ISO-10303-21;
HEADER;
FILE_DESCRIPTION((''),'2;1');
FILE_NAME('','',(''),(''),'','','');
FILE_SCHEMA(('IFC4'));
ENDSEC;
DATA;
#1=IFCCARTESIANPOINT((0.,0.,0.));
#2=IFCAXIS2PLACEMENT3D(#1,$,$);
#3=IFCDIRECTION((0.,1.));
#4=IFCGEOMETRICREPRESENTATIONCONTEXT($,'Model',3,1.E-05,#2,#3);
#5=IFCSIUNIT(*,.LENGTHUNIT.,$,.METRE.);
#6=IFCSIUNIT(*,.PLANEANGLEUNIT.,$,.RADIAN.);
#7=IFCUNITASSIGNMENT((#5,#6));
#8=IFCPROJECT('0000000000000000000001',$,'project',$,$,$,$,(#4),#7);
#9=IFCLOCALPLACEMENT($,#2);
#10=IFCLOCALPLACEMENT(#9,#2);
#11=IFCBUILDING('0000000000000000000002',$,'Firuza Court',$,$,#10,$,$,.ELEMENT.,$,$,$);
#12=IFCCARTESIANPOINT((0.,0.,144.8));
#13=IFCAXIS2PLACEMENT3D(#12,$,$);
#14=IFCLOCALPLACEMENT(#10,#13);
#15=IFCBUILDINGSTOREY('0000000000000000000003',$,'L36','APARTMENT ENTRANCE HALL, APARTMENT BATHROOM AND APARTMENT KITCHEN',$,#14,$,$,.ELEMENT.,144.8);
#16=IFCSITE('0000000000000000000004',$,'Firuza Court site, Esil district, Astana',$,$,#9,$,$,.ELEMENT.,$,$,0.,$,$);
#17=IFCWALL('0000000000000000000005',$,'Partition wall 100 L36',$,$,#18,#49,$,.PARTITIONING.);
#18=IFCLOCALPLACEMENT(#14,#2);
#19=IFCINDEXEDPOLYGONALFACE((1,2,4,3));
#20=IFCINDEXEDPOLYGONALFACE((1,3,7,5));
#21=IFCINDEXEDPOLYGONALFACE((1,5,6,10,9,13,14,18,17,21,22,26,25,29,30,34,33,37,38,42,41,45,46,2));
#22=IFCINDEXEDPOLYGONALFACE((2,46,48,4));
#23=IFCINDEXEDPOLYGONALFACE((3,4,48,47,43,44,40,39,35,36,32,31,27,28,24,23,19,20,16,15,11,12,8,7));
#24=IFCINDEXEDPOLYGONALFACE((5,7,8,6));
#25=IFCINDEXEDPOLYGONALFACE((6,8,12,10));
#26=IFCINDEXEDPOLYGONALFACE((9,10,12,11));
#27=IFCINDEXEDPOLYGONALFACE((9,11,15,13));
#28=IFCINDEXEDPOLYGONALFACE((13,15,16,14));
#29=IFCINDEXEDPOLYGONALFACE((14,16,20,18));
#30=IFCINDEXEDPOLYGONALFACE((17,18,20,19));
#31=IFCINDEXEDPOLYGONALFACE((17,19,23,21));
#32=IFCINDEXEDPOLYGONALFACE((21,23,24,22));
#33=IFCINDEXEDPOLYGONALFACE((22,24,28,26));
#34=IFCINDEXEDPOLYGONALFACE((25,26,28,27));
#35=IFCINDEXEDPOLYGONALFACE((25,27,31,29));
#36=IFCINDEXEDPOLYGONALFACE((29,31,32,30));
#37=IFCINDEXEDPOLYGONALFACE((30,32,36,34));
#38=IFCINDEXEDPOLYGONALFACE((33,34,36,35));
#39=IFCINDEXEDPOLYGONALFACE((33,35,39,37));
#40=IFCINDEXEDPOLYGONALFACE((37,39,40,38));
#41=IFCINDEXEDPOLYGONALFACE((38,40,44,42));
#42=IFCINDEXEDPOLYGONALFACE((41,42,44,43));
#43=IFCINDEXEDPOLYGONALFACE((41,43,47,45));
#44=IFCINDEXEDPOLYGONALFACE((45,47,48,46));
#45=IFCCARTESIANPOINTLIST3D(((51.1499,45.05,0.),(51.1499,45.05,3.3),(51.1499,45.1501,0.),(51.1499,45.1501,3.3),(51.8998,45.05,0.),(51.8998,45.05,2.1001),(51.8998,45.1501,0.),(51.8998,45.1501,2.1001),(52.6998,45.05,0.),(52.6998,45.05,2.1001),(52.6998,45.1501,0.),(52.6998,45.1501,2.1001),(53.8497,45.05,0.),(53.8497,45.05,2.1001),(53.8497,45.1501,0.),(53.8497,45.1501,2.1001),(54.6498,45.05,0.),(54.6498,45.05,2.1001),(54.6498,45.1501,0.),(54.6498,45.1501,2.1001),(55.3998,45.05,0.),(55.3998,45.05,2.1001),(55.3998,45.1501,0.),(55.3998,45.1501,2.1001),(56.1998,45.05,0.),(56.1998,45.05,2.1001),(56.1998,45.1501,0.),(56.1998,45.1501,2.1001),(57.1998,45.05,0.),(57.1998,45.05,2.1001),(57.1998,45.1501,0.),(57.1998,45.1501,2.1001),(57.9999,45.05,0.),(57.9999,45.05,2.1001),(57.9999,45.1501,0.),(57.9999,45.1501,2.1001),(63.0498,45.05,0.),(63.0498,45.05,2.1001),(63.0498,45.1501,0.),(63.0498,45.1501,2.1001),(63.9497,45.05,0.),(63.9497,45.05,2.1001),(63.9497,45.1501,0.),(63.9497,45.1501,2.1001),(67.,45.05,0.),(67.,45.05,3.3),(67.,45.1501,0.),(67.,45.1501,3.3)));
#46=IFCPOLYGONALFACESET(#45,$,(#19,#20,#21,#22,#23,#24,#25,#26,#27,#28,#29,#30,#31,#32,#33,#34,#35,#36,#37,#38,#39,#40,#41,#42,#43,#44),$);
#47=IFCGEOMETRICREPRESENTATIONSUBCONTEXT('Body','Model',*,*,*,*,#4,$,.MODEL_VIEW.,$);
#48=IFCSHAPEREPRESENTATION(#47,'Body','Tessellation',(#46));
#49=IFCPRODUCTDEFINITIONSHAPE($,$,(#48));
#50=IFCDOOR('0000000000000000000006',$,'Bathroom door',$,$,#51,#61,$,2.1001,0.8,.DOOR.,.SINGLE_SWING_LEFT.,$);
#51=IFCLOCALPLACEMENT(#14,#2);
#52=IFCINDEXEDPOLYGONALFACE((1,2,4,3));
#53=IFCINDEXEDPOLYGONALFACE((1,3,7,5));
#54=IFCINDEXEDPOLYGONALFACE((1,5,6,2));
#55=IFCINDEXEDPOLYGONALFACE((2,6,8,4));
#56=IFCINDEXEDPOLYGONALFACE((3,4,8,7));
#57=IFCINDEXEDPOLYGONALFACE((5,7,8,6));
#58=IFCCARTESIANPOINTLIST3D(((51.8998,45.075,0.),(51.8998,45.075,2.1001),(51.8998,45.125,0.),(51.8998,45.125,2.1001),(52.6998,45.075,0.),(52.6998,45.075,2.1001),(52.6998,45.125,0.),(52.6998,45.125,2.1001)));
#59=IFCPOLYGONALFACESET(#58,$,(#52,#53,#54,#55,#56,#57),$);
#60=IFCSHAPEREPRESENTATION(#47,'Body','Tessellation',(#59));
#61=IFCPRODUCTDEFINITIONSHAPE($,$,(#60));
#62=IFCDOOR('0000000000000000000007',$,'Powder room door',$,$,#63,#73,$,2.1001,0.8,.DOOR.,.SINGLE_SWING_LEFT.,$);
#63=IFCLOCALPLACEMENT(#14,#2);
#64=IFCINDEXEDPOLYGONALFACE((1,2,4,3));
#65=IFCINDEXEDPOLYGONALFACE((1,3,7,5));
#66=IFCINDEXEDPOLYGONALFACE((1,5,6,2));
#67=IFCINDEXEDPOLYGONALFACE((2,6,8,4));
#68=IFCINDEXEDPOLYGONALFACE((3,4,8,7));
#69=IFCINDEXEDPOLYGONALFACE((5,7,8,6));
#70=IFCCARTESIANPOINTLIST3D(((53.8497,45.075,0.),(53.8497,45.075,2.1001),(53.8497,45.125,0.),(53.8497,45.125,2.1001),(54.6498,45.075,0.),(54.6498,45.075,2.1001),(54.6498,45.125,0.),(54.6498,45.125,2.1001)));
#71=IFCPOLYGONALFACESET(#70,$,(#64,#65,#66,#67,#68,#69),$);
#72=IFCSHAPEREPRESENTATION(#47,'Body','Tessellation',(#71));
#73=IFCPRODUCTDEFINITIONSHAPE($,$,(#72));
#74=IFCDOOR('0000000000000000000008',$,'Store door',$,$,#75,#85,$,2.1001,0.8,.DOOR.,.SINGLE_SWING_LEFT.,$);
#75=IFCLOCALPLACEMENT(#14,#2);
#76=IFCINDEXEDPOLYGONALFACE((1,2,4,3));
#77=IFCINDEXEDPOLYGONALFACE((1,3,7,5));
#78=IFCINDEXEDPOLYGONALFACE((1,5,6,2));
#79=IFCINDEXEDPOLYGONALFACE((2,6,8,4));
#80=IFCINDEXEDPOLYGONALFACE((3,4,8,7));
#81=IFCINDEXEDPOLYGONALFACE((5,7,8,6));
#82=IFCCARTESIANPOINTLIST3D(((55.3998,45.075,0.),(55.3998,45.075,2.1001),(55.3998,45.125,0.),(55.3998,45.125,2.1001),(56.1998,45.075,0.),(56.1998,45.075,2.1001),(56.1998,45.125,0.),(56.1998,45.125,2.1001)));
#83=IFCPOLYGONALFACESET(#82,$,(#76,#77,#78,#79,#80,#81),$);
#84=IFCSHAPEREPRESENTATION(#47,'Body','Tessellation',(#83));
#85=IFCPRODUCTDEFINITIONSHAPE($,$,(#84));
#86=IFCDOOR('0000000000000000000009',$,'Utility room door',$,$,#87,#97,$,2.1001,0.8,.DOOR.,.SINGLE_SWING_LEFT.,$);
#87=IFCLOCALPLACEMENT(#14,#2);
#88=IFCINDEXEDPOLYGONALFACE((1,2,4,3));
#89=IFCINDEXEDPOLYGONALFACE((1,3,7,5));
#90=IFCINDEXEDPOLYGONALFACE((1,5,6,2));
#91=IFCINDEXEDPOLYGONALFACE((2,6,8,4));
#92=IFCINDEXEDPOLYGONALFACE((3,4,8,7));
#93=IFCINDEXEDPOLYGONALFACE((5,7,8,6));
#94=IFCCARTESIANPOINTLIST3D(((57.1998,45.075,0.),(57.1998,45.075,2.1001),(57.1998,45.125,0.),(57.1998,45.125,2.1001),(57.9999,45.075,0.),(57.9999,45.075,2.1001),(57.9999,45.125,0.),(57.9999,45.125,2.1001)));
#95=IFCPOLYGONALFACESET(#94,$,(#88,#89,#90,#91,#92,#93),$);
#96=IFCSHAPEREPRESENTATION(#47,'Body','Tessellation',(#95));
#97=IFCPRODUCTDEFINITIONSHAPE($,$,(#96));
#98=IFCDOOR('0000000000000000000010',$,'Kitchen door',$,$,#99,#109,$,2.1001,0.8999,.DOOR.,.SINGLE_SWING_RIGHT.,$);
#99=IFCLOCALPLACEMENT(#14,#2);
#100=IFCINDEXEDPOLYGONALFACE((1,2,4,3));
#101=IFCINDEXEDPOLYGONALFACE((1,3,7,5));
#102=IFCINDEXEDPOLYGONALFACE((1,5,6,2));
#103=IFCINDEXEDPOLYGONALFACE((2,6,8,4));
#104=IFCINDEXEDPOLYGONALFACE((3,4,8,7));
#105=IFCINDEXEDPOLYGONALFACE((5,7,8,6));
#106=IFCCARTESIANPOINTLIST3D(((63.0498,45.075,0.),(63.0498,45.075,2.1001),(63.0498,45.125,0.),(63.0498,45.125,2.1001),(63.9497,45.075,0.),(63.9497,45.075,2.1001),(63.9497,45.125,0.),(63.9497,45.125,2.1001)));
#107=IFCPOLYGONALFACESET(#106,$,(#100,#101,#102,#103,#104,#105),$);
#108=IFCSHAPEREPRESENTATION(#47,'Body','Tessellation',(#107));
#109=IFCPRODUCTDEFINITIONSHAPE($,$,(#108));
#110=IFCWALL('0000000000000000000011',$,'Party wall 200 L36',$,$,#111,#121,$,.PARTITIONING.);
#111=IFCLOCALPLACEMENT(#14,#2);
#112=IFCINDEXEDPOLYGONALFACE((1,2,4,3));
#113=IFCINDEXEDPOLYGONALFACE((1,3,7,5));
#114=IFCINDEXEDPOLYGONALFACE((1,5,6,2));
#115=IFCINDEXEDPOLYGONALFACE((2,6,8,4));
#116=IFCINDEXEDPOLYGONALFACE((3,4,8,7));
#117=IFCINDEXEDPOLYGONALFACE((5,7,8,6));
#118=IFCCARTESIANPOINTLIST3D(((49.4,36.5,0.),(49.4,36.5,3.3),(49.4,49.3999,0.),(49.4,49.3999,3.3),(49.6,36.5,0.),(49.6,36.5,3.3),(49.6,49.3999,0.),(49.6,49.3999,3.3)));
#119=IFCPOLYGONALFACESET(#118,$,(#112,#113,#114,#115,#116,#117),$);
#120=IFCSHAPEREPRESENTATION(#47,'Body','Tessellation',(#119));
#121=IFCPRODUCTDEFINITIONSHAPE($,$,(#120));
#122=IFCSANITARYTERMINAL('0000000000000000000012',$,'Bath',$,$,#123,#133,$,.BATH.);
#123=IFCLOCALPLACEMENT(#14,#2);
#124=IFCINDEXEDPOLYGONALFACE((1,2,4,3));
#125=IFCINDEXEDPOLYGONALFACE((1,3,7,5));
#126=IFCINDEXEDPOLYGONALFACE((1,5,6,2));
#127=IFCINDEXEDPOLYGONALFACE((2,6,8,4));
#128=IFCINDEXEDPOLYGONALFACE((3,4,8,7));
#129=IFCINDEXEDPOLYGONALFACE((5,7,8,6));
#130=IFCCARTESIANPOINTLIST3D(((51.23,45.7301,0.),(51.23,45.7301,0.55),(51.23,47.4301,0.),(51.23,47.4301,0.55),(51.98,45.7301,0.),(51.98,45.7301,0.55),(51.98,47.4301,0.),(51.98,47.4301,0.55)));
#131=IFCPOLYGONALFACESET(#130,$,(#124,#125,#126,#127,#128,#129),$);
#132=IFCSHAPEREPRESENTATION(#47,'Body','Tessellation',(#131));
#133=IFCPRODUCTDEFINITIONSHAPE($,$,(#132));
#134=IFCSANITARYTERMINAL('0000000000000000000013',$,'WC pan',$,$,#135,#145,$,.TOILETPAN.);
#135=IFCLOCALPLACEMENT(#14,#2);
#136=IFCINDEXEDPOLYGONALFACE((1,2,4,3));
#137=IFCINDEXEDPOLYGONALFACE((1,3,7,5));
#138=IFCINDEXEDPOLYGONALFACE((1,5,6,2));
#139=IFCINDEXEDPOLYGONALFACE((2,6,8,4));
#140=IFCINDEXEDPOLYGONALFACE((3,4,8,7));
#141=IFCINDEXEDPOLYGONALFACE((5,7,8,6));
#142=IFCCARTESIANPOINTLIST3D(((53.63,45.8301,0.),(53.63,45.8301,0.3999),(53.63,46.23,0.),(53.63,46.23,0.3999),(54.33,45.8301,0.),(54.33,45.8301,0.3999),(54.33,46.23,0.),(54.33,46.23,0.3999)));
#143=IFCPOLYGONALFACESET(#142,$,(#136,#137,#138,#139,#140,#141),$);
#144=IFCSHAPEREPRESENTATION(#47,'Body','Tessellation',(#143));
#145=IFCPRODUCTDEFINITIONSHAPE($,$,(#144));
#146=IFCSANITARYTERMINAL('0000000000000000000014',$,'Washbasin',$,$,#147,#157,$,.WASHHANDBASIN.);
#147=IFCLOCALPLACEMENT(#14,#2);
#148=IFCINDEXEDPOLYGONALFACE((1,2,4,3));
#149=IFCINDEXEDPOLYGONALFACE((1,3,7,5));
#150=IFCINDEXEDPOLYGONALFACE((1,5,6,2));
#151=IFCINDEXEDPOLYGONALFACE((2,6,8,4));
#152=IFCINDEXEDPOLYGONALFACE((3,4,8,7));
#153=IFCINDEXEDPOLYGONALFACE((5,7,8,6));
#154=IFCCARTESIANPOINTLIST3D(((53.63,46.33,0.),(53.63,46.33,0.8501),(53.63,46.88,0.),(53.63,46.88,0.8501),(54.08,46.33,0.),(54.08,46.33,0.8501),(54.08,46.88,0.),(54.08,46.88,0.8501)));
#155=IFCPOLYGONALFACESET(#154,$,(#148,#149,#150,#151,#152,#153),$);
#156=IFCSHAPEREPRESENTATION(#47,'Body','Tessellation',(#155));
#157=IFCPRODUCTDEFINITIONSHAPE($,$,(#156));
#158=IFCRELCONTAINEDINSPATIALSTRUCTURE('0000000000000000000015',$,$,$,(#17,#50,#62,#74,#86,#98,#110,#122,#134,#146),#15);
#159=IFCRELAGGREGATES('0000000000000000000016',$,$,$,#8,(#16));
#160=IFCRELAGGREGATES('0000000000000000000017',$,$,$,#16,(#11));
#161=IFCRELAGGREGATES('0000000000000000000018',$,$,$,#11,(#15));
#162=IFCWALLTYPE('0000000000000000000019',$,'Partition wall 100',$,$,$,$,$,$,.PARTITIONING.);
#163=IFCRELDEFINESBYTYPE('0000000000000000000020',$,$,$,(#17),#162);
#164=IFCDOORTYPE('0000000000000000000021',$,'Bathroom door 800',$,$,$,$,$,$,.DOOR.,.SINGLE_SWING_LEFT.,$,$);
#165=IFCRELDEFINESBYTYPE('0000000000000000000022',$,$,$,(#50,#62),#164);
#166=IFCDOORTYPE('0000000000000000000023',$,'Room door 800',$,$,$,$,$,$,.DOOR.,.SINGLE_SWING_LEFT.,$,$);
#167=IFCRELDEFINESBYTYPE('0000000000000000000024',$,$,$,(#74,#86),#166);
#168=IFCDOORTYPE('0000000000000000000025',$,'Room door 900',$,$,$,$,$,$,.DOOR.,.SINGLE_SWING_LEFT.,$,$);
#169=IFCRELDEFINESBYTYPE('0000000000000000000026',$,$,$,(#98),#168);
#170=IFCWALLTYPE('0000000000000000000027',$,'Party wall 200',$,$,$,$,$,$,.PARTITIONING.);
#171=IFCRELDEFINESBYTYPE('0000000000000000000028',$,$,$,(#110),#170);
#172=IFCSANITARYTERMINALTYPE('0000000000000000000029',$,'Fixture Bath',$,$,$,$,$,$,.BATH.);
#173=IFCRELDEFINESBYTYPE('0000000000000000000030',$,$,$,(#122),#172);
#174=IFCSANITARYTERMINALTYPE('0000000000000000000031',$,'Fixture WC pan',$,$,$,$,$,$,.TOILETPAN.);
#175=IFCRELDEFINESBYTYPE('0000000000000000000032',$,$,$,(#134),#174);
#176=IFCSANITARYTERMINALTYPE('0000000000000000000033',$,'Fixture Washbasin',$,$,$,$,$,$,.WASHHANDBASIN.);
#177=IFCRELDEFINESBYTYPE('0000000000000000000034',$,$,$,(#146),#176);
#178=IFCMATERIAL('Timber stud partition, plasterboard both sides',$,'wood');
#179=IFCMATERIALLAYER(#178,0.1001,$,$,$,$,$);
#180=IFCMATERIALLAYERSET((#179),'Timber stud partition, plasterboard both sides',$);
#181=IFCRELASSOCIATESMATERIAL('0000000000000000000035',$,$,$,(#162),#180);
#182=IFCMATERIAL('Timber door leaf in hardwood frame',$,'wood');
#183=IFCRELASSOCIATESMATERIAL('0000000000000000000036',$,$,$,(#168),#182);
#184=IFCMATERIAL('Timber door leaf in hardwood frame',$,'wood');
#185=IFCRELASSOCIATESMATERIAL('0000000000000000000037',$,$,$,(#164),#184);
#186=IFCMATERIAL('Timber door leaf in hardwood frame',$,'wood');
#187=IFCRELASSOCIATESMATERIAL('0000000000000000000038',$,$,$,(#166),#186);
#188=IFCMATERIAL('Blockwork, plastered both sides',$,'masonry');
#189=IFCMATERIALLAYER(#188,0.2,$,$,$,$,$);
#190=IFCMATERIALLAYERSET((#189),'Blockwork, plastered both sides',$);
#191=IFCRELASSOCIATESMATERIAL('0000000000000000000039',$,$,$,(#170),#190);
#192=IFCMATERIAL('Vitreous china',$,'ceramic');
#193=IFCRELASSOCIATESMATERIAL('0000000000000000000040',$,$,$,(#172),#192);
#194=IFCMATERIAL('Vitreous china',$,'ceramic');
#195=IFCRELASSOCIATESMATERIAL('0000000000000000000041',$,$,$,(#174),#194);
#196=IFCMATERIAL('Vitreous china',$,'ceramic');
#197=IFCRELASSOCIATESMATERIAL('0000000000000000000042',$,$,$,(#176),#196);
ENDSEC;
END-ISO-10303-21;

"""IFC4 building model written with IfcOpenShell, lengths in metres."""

from ifc_helpers import new_model, si_unit, direction, frame, frame_2d, origin, origin_2d, place, context, subcontext, project, spatial, rectangle, extrude, material, layer, layer_set, type_object, element, fill, save


model = new_model("IFC4")

# Units and contexts
model_context = context("Model", 3, precision=1e-05, world=origin(), true_north=direction((0.0, 1.0)))
body_context = subcontext(model_context, "Body", "Model", "MODEL_VIEW")
ifc_project = project(units=[si_unit("LENGTHUNIT", "METRE"), si_unit("PLANEANGLEUNIT", "RADIAN")], contexts=[model_context])

# Site, building, storey
site_placement = place(None, origin())
site = spatial("IfcSite", under=ifc_project, at=site_placement, Name="Firuza Court site, Esil district, Astana", CompositionType="ELEMENT", RefElevation=0.0)
building_placement = place(site_placement, origin())
building = spatial("IfcBuilding", under=site, at=building_placement, Name="Firuza Court", CompositionType="ELEMENT")
storey_placement = place(building_placement, frame((0.0, 0.0, 144.8)))
storey = spatial("IfcBuildingStorey", under=building, at=storey_placement, Name="L36", Description="APARTMENT ENTRANCE HALL, APARTMENT BATHROOM AND APARTMENT KITCHEN", CompositionType="ELEMENT", Elevation=144.8)

# Shared definitions
ifc_material_1 = material(Name="Blockwork, plastered both sides", Category="masonry")

# Wall, openings, doors
ifc_material_2 = material(Name="Timber stud partition, plasterboard both sides", Category="wood")
ifc_layer_1 = layer(ifc_material_2, 0.1001)
ifc_layer_set_1 = layer_set([ifc_layer_1], Name="Timber stud partition, plasterboard both sides")
wall_type_1 = type_object("IfcWallType", Name="Partition wall 100", PredefinedType="PARTITIONING", material=ifc_layer_set_1)
ifc_material_3 = material(Name="Timber door leaf in hardwood frame", Category="wood")
door_type_1 = type_object("IfcDoorType", Name="Room door 900", OperationType="SINGLE_SWING_LEFT", PredefinedType="DOOR", material=ifc_material_3)
wall_1_placement = place(storey_placement, frame((51.1499, 45.1001, 0.0), z_axis=(0.0, 0.0, 1.0), x_axis=(1.0, 0.0, 0.0)))
wall_1 = element("IfcWall", 1, at=wall_1_placement, inside=storey, type_object=wall_type_1, Name="Partition wall 100 L36", PredefinedType="PARTITIONING", context=body_context, shape_type="SweptSolid", body=[
    extrude(rectangle(XDim=15.8501, YDim=0.1001, at=frame_2d((7.925, 0.0))), origin(), (0.0, 0.0, 1.0), 3.3),
])
opening_1_placement = place(wall_1_placement, frame((0.75, 0.0, 0.0)))
opening_1 = element("IfcOpeningElement", 2, at=opening_1_placement, cuts=wall_1, PredefinedType="OPENING", context=body_context, shape_type="SweptSolid", body=[
    extrude(rectangle(XDim=0.8, YDim=2.1001, at=frame_2d((0.3999, 1.05))), frame((0.0, 0.062, 0.0), z_axis=(0.0, -1.0, 0.0), x_axis=(1.0, 0.0, 0.0)), (0.0, 0.0, 1.0), 0.124),
])
opening_2_placement = place(wall_1_placement, frame((11.8999, 0.0, 0.0)))
opening_2 = element("IfcOpeningElement", 3, at=opening_2_placement, cuts=wall_1, PredefinedType="OPENING", context=body_context, shape_type="SweptSolid", body=[
    extrude(rectangle(XDim=0.8999, YDim=2.1001, at=frame_2d((0.45, 1.05))), frame((0.0, 0.062, 0.0), z_axis=(0.0, -1.0, 0.0), x_axis=(1.0, 0.0, 0.0)), (0.0, 0.0, 1.0), 0.124),
])
opening_3_placement = place(wall_1_placement, frame((4.25, 0.0, 0.0)))
opening_3 = element("IfcOpeningElement", 4, at=opening_3_placement, cuts=wall_1, PredefinedType="OPENING", context=body_context, shape_type="SweptSolid", body=[
    extrude(rectangle(XDim=0.8, YDim=2.1001, at=frame_2d((0.3999, 1.05))), frame((0.0, 0.062, 0.0), z_axis=(0.0, -1.0, 0.0), x_axis=(1.0, 0.0, 0.0)), (0.0, 0.0, 1.0), 0.124),
])
opening_4_placement = place(wall_1_placement, frame((6.05, 0.0, 0.0)))
opening_4 = element("IfcOpeningElement", 5, at=opening_4_placement, cuts=wall_1, PredefinedType="OPENING", context=body_context, shape_type="SweptSolid", body=[
    extrude(rectangle(XDim=0.8, YDim=2.1001, at=frame_2d((0.3999, 1.05))), frame((0.0, 0.062, 0.0), z_axis=(0.0, -1.0, 0.0), x_axis=(1.0, 0.0, 0.0)), (0.0, 0.0, 1.0), 0.124),
])
opening_5_placement = place(wall_1_placement, frame((2.7, 0.0, 0.0)))
opening_5 = element("IfcOpeningElement", 6, at=opening_5_placement, cuts=wall_1, PredefinedType="OPENING", context=body_context, shape_type="SweptSolid", body=[
    extrude(rectangle(XDim=0.8, YDim=2.1001, at=frame_2d((0.3999, 1.05))), frame((0.0, 0.062, 0.0), z_axis=(0.0, -1.0, 0.0), x_axis=(1.0, 0.0, 0.0)), (0.0, 0.0, 1.0), 0.124),
])
ifc_material_4 = material(Name="Timber door leaf in hardwood frame", Category="wood")
door_type_2 = type_object("IfcDoorType", Name="Bathroom door 800", OperationType="SINGLE_SWING_LEFT", PredefinedType="DOOR", material=ifc_material_4)
door_1_placement = place(opening_1_placement, origin())
door_1 = element("IfcDoor", 7, at=door_1_placement, inside=storey, type_object=door_type_2, Name="Bathroom door", OperationType="SINGLE_SWING_LEFT", OverallHeight=2.1001, OverallWidth=0.8, PredefinedType="DOOR", context=body_context, shape_type="SweptSolid", body=[
    extrude(rectangle(XDim=0.8, YDim=2.1001, at=frame_2d((0.3999, 1.05))), frame((0.0, 0.0249, 0.0), z_axis=(0.0, -1.0, 0.0), x_axis=(1.0, 0.0, 0.0)), (0.0, 0.0, 1.0), 0.05),
])
fill(opening_1, door_1)
door_2_placement = place(opening_5_placement, origin())
door_2 = element("IfcDoor", 8, at=door_2_placement, inside=storey, type_object=door_type_2, Name="Powder room door", OperationType="SINGLE_SWING_LEFT", OverallHeight=2.1001, OverallWidth=0.8, PredefinedType="DOOR", context=body_context, shape_type="SweptSolid", body=[
    extrude(rectangle(XDim=0.8, YDim=2.1001, at=frame_2d((0.3999, 1.05))), frame((0.0, 0.0249, 0.0), z_axis=(0.0, -1.0, 0.0), x_axis=(1.0, 0.0, 0.0)), (0.0, 0.0, 1.0), 0.05),
])
fill(opening_5, door_2)
ifc_material_5 = material(Name="Timber door leaf in hardwood frame", Category="wood")
door_type_3 = type_object("IfcDoorType", Name="Room door 800", OperationType="SINGLE_SWING_LEFT", PredefinedType="DOOR", material=ifc_material_5)
door_3_placement = place(opening_3_placement, origin())
door_3 = element("IfcDoor", 9, at=door_3_placement, inside=storey, type_object=door_type_3, Name="Store door", OperationType="SINGLE_SWING_LEFT", OverallHeight=2.1001, OverallWidth=0.8, PredefinedType="DOOR", context=body_context, shape_type="SweptSolid", body=[
    extrude(rectangle(XDim=0.8, YDim=2.1001, at=frame_2d((0.3999, 1.05))), frame((0.0, 0.0249, 0.0), z_axis=(0.0, -1.0, 0.0), x_axis=(1.0, 0.0, 0.0)), (0.0, 0.0, 1.0), 0.05),
])
fill(opening_3, door_3)
door_4_placement = place(opening_4_placement, origin())
door_4 = element("IfcDoor", 10, at=door_4_placement, inside=storey, type_object=door_type_3, Name="Utility room door", OperationType="SINGLE_SWING_LEFT", OverallHeight=2.1001, OverallWidth=0.8, PredefinedType="DOOR", context=body_context, shape_type="SweptSolid", body=[
    extrude(rectangle(XDim=0.8, YDim=2.1001, at=frame_2d((0.3999, 1.05))), frame((0.0, 0.0249, 0.0), z_axis=(0.0, -1.0, 0.0), x_axis=(1.0, 0.0, 0.0)), (0.0, 0.0, 1.0), 0.05),
])
fill(opening_4, door_4)
door_5_placement = place(opening_2_placement, origin())
door_5 = element("IfcDoor", 11, at=door_5_placement, inside=storey, type_object=door_type_1, Name="Kitchen door", OperationType="SINGLE_SWING_RIGHT", OverallHeight=2.1001, OverallWidth=0.8999, PredefinedType="DOOR", context=body_context, shape_type="SweptSolid", body=[
    extrude(rectangle(XDim=0.8999, YDim=2.1001, at=frame_2d((0.45, 1.05))), frame((0.0, 0.0249, 0.0), z_axis=(0.0, -1.0, 0.0), x_axis=(1.0, 0.0, 0.0)), (0.0, 0.0, 1.0), 0.05),
])
fill(opening_2, door_5)

# Wall
ifc_layer_2 = layer(ifc_material_1, 0.2)
ifc_layer_set_2 = layer_set([ifc_layer_2], Name="Blockwork, plastered both sides")
wall_type_2 = type_object("IfcWallType", Name="Party wall 200", PredefinedType="PARTITIONING", material=ifc_layer_set_2)
wall_2_placement = place(storey_placement, frame((49.5, 36.5, 0.0), z_axis=(0.0, 0.0, 1.0), x_axis=(0.0, 1.0, 0.0)))
element("IfcWall", 12, at=wall_2_placement, inside=storey, type_object=wall_type_2, Name="Party wall 200 L36", PredefinedType="PARTITIONING", context=body_context, shape_type="SweptSolid", body=[
    extrude(rectangle(XDim=12.8999, YDim=0.2, at=frame_2d((6.45, 0.0))), origin(), (0.0, 0.0, 1.0), 3.3),
])

# Sanitary terminals
ifc_material_6 = material(Name="Vitreous china", Category="ceramic")
sanitary_terminal_type_1 = type_object("IfcSanitaryTerminalType", Name="Fixture Bath", PredefinedType="BATH", material=ifc_material_6)
sanitary_terminal_1_placement = place(storey_placement, frame((51.605, 46.5801, 0.0), z_axis=(0.0, 0.0, 1.0), x_axis=(1.0, 0.0, 0.0)))
element("IfcSanitaryTerminal", 13, at=sanitary_terminal_1_placement, inside=storey, type_object=sanitary_terminal_type_1, Name="Bath", PredefinedType="BATH", context=body_context, shape_type="SweptSolid", body=[
    extrude(rectangle(XDim=0.75, YDim=1.7, at=origin_2d()), origin(), (0.0, 0.0, 1.0), 0.55),
])
ifc_material_7 = material(Name="Vitreous china", Category="ceramic")
sanitary_terminal_type_2 = type_object("IfcSanitaryTerminalType", Name="Fixture WC pan", PredefinedType="TOILETPAN", material=ifc_material_7)
sanitary_terminal_2_placement = place(storey_placement, frame((53.98, 46.03, 0.0), z_axis=(0.0, 0.0, 1.0), x_axis=(1.0, 0.0, 0.0)))
element("IfcSanitaryTerminal", 14, at=sanitary_terminal_2_placement, inside=storey, type_object=sanitary_terminal_type_2, Name="WC pan", PredefinedType="TOILETPAN", context=body_context, shape_type="SweptSolid", body=[
    extrude(rectangle(XDim=0.7, YDim=0.3999, at=origin_2d()), origin(), (0.0, 0.0, 1.0), 0.3999),
])
ifc_material_8 = material(Name="Vitreous china", Category="ceramic")
sanitary_terminal_type_3 = type_object("IfcSanitaryTerminalType", Name="Fixture Washbasin", PredefinedType="WASHHANDBASIN", material=ifc_material_8)
sanitary_terminal_3_placement = place(storey_placement, frame((53.855, 46.605, 0.0), z_axis=(0.0, 0.0, 1.0), x_axis=(1.0, 0.0, 0.0)))
element("IfcSanitaryTerminal", 15, at=sanitary_terminal_3_placement, inside=storey, type_object=sanitary_terminal_type_3, Name="Washbasin", PredefinedType="WASHHANDBASIN", context=body_context, shape_type="SweptSolid", body=[
    extrude(rectangle(XDim=0.45, YDim=0.55, at=origin_2d()), origin(), (0.0, 0.0, 1.0), 0.8501),
])

save(model, "model.ifc")
